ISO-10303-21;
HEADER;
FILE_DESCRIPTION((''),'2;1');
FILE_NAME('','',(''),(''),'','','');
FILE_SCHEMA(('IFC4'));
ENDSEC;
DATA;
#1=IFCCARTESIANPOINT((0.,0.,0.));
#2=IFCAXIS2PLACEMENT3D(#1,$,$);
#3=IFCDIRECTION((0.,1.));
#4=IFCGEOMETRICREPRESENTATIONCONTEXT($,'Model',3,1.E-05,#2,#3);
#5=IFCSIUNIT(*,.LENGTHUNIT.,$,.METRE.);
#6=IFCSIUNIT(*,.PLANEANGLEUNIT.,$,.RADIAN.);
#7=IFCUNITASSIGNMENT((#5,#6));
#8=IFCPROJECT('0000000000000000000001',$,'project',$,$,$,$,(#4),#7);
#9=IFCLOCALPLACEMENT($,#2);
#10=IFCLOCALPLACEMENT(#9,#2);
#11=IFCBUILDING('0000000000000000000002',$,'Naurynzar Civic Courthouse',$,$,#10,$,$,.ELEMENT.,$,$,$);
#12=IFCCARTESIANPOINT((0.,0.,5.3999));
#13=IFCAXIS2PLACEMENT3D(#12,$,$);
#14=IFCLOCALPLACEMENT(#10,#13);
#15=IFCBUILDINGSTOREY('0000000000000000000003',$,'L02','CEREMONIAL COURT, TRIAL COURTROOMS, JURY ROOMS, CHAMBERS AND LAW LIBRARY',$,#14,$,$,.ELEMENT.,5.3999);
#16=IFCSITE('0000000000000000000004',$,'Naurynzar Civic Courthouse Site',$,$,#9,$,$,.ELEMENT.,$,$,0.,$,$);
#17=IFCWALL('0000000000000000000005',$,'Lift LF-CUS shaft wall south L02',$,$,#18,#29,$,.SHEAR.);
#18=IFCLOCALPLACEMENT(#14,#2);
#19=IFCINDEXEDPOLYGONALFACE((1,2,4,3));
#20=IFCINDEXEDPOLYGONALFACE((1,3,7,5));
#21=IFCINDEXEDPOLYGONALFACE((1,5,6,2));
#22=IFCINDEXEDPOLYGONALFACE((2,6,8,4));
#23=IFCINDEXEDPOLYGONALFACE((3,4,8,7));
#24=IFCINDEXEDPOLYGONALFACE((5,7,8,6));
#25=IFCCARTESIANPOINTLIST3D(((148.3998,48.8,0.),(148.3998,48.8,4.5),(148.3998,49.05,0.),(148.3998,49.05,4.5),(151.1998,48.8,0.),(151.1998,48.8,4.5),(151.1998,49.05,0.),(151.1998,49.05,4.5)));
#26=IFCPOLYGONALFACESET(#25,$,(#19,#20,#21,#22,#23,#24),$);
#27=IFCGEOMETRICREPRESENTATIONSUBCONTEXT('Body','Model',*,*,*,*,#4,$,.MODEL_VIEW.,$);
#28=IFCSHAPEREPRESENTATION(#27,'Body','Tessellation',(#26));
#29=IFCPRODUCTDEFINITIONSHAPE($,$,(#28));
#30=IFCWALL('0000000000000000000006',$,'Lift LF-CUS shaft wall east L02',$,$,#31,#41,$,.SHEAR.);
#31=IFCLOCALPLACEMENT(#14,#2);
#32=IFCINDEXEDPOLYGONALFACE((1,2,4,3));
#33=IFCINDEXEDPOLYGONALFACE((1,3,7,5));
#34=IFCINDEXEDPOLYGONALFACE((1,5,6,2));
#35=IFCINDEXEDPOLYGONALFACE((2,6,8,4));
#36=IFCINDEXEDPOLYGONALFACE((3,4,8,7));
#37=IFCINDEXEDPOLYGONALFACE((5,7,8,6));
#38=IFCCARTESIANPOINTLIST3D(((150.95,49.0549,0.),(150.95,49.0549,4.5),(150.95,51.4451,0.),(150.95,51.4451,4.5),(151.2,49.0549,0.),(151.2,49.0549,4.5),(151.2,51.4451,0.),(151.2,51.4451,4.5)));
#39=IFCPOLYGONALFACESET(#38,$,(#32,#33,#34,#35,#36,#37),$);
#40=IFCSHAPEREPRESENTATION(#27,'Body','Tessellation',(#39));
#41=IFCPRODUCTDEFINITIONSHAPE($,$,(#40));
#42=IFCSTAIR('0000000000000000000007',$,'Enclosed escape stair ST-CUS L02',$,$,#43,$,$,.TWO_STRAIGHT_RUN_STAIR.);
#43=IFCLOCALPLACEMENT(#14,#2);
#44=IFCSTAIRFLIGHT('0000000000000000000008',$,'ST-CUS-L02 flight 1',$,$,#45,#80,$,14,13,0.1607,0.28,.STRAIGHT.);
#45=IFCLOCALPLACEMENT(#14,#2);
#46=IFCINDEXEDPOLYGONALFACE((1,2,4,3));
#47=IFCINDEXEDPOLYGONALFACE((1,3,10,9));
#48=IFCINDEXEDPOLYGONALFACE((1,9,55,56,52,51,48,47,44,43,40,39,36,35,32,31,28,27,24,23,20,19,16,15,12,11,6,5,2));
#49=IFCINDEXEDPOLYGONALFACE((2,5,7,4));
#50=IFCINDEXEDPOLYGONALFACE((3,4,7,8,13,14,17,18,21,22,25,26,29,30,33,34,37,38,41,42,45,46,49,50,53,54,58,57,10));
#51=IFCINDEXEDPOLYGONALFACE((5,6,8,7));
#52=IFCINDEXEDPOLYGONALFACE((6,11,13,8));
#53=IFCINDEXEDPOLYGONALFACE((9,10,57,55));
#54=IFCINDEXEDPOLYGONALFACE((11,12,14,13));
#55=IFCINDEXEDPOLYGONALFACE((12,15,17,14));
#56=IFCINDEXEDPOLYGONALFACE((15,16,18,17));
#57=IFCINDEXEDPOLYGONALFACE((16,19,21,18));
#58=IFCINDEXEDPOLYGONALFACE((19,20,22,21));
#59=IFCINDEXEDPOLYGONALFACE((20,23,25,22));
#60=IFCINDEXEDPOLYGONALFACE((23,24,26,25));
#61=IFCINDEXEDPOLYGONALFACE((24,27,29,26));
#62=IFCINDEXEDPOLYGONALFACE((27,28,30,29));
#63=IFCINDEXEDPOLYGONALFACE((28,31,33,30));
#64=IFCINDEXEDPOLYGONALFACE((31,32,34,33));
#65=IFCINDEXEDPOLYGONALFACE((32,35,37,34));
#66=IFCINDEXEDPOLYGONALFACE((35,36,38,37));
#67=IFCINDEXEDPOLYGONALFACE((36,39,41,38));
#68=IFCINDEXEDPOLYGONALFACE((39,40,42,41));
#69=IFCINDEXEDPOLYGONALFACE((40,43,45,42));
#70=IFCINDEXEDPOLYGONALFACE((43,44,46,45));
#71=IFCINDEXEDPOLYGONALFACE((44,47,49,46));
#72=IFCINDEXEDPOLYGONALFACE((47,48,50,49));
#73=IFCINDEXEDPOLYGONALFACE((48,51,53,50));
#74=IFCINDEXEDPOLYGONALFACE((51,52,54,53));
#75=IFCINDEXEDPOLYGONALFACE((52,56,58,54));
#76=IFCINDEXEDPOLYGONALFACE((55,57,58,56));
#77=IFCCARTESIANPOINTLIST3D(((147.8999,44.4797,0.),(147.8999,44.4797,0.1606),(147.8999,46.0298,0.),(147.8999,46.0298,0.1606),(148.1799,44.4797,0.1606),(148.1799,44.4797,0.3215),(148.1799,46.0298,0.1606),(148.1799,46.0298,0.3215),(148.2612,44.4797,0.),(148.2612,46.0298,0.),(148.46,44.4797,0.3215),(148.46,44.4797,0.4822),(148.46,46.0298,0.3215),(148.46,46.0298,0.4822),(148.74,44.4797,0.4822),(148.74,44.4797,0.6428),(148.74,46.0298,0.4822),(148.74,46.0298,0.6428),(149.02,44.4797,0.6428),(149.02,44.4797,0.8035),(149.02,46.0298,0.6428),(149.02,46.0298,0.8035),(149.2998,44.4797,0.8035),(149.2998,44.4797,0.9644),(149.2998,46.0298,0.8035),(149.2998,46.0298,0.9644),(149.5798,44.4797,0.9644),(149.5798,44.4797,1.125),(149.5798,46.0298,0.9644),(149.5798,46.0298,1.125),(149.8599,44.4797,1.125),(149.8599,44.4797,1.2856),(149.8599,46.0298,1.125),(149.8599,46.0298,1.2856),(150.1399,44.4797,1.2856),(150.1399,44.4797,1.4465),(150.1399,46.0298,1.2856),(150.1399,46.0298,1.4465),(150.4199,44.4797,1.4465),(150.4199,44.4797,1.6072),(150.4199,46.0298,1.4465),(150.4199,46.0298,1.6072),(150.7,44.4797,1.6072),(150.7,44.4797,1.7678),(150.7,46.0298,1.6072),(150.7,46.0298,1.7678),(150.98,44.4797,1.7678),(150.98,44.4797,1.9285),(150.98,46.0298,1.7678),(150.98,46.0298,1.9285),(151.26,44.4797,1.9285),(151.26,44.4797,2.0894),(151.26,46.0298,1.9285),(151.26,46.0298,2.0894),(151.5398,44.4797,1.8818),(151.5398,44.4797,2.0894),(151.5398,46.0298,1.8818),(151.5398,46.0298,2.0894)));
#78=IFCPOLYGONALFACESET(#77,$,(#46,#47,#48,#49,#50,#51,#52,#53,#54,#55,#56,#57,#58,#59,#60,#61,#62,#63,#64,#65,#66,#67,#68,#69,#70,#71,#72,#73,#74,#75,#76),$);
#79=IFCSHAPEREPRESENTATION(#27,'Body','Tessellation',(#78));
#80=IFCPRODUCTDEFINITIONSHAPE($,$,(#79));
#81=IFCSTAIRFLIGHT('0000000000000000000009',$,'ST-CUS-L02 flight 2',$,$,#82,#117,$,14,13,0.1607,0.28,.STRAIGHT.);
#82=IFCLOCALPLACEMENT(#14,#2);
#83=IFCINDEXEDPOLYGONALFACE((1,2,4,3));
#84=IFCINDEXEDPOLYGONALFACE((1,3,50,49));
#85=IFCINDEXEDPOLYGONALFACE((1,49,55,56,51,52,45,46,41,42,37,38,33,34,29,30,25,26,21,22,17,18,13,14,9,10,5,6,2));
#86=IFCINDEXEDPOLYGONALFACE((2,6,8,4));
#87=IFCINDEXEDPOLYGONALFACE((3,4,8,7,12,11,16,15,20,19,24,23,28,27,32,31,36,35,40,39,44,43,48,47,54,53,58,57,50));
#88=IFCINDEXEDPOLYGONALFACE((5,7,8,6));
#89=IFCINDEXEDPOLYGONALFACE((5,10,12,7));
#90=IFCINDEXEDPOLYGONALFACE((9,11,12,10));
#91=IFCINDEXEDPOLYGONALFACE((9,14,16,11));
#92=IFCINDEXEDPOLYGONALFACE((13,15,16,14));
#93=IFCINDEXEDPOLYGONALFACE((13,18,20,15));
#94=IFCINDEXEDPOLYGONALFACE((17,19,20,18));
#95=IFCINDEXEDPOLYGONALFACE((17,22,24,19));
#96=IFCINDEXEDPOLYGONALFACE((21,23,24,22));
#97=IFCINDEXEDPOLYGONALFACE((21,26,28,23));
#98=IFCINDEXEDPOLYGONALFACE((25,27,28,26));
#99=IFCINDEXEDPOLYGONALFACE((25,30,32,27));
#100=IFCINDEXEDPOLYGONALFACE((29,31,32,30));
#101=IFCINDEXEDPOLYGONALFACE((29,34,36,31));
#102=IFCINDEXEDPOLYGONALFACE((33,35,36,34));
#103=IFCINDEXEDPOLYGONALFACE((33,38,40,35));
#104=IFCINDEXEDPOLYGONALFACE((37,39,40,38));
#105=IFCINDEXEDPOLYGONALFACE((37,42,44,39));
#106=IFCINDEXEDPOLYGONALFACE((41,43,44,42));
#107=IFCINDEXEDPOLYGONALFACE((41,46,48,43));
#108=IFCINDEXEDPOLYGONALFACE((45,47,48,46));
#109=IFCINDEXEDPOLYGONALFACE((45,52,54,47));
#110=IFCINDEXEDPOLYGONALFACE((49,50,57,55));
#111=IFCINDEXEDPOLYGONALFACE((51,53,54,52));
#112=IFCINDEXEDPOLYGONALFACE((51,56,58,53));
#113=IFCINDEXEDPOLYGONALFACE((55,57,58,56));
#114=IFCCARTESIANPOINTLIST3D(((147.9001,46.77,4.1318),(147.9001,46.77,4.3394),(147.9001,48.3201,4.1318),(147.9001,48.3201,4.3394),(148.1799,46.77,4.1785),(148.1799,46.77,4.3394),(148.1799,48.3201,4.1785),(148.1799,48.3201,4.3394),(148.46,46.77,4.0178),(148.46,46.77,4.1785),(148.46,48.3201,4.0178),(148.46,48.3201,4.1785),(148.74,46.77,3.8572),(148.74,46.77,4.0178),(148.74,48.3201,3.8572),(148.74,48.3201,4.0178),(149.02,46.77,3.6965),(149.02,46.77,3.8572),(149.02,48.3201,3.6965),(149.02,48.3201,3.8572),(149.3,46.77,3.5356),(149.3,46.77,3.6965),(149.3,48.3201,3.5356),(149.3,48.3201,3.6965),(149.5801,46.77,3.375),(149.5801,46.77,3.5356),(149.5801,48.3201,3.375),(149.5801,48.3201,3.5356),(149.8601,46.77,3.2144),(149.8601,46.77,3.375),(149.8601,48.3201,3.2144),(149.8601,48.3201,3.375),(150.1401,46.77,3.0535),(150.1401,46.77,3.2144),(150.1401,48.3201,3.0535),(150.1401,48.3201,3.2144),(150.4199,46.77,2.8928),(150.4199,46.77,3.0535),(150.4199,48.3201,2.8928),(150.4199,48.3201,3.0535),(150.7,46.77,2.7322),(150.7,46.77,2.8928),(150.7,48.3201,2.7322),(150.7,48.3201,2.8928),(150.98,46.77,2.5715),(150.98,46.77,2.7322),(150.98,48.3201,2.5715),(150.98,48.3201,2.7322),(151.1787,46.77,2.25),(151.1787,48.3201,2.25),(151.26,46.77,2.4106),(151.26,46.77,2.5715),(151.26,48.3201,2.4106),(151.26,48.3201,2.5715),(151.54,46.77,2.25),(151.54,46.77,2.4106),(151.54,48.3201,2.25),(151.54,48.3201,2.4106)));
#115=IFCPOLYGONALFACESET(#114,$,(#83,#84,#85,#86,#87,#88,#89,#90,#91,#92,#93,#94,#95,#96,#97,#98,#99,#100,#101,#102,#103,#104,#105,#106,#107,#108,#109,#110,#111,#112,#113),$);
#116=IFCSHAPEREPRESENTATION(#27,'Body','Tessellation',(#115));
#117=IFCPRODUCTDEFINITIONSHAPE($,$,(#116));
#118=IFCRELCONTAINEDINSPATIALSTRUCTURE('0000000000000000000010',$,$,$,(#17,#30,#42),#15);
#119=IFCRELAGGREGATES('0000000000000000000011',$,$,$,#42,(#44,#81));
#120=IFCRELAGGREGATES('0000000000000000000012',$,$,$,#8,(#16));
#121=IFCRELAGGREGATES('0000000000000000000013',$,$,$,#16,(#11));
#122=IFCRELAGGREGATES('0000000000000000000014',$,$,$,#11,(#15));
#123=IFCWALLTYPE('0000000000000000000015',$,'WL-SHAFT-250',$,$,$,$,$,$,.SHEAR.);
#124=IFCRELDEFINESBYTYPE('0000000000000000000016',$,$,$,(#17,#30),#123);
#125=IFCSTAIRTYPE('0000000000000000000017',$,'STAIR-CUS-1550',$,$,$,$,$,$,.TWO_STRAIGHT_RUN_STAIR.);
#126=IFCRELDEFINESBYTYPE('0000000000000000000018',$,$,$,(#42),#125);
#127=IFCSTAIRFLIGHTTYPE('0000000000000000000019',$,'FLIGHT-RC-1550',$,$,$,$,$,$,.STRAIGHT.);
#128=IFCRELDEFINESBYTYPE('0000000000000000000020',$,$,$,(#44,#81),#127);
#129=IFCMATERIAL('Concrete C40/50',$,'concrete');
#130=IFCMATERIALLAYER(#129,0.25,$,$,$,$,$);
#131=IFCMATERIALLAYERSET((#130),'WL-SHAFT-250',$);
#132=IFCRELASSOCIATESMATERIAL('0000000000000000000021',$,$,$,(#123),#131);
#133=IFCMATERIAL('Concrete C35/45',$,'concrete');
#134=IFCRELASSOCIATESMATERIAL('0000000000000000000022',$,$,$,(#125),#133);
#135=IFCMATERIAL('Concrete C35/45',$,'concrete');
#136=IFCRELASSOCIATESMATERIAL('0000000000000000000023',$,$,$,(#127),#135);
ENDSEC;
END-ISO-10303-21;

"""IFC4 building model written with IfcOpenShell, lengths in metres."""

from ifc_helpers import new_model, si_unit, direction, frame, frame_2d, origin, place, context, subcontext, project, spatial, polyline, rectangle, outline, extrude, material, layer, layer_set, type_object, element, aggregate, save


model = new_model("IFC4")

# Units and contexts
model_context = context("Model", 3, precision=1e-05, world=origin(), true_north=direction((0.0, 1.0)))
body_context = subcontext(model_context, "Body", "Model", "MODEL_VIEW")
ifc_project = project(units=[si_unit("LENGTHUNIT", "METRE"), si_unit("PLANEANGLEUNIT", "RADIAN")], contexts=[model_context])

# Site, building, storey
site_placement = place(None, origin())
site = spatial("IfcSite", under=ifc_project, at=site_placement, Name="Naurynzar Civic Courthouse Site", CompositionType="ELEMENT", RefElevation=0.0)
building_placement = place(site_placement, origin())
building = spatial("IfcBuilding", under=site, at=building_placement, Name="Naurynzar Civic Courthouse", CompositionType="ELEMENT")
storey_placement = place(building_placement, frame((0.0, 0.0, 5.3999)))
storey = spatial("IfcBuildingStorey", under=building, at=storey_placement, Name="L02", Description="CEREMONIAL COURT, TRIAL COURTROOMS, JURY ROOMS, CHAMBERS AND LAW LIBRARY", CompositionType="ELEMENT", Elevation=5.3999)

# Walls
ifc_material_1 = material(Name="Concrete C40/50", Category="concrete")
ifc_layer_1 = layer(ifc_material_1, 0.25)
ifc_layer_set_1 = layer_set([ifc_layer_1], Name="WL-SHAFT-250")
wall_type_1 = type_object("IfcWallType", Name="WL-SHAFT-250", PredefinedType="SHEAR", material=ifc_layer_set_1)
wall_1_placement = place(storey_placement, frame((148.3999, 48.925, 0.0), z_axis=(0.0, 0.0, 1.0), x_axis=(1.0, 0.0, 0.0)))
element("IfcWall", 1, at=wall_1_placement, inside=storey, type_object=wall_type_1, Name="Lift LF-CUS shaft wall south L02", PredefinedType="SHEAR", context=body_context, shape_type="SweptSolid", body=[
    extrude(rectangle(XDim=2.8, YDim=0.25, at=frame_2d((1.3999, 0.0))), origin(), (0.0, 0.0, 1.0), 4.5),
])
wall_2_placement = place(storey_placement, frame((151.075, 49.0549, 0.0), z_axis=(0.0, 0.0, 1.0), x_axis=(0.0, 1.0, 0.0)))
element("IfcWall", 2, at=wall_2_placement, inside=storey, type_object=wall_type_1, Name="Lift LF-CUS shaft wall east L02", PredefinedType="SHEAR", context=body_context, shape_type="SweptSolid", body=[
    extrude(rectangle(XDim=2.3901, YDim=0.25, at=frame_2d((1.1951, 0.0))), origin(), (0.0, 0.0, 1.0), 4.5),
])

# Stair, stair flights
ifc_material_2 = material(Name="Concrete C35/45", Category="concrete")
stair_type = type_object("IfcStairType", Name="STAIR-CUS-1550", PredefinedType="TWO_STRAIGHT_RUN_STAIR", material=ifc_material_2)
stair_placement = place(storey_placement, origin())
stair = element("IfcStair", 3, at=stair_placement, inside=storey, type_object=stair_type, Name="Enclosed escape stair ST-CUS L02", PredefinedType="TWO_STRAIGHT_RUN_STAIR")
ifc_material_3 = material(Name="Concrete C35/45", Category="concrete")
stair_flight_type = type_object("IfcStairFlightType", Name="FLIGHT-RC-1550", PredefinedType="STRAIGHT", material=ifc_material_3)
stair_flight_1_placement = place(storey_placement, frame((147.8999, 45.2549, 0.0), z_axis=(0.0, 0.0, 1.0), x_axis=(1.0, 0.0, 0.0)))
stair_flight_1 = element("IfcStairFlight", 4, at=stair_flight_1_placement, type_object=stair_flight_type, Name="ST-CUS-L02 flight 1", NumberOfRisers=14, NumberOfTreads=13, PredefinedType="STRAIGHT", RiserHeight=0.1607, TreadLength=0.28, context=body_context, shape_type="SweptSolid", body=[
    extrude(outline(polyline([(0.0, 0.0), (0.0, 0.1606), (0.28, 0.1606), (0.28, 0.3215), (0.5601, 0.3215), (0.5601, 0.4822), (0.8401, 0.4822), (0.8401, 0.6428), (1.1201, 0.6428), (1.1201, 0.8035), (1.3999, 0.8035), (1.3999, 0.9644), (1.6799, 0.9644), (1.6799, 1.125), (1.96, 1.125), (1.96, 1.2856), (2.24, 1.2856), (2.24, 1.4465), (2.52, 1.4465), (2.52, 1.6072), (2.8, 1.6072), (2.8, 1.7678), (3.0801, 1.7678), (3.0801, 1.9285), (3.3601, 1.9285), (3.3601, 2.0894), (3.6399, 2.0894), (3.6399, 2.25), (3.6399, 1.8818), (0.3613, 0.0), (0.0, 0.0)])), frame((0.0, 0.7749, 0.0), z_axis=(0.0, -1.0, 0.0), x_axis=(1.0, 0.0, 0.0)), (0.0, 0.0, 1.0), 1.55),
])
stair_flight_2_placement = place(storey_placement, frame((151.54, 47.5449, 2.25), z_axis=(0.0, 0.0, 1.0), x_axis=(-1.0, 0.0, 0.0)))
stair_flight_2 = element("IfcStairFlight", 5, at=stair_flight_2_placement, type_object=stair_flight_type, Name="ST-CUS-L02 flight 2", NumberOfRisers=14, NumberOfTreads=13, PredefinedType="STRAIGHT", RiserHeight=0.1607, TreadLength=0.28, context=body_context, shape_type="SweptSolid", body=[
    extrude(outline(polyline([(0.0, 0.0), (0.0, 0.1606), (0.28, 0.1606), (0.28, 0.3215), (0.5601, 0.3215), (0.5601, 0.4822), (0.8401, 0.4822), (0.8401, 0.6428), (1.1201, 0.6428), (1.1201, 0.8035), (1.3999, 0.8035), (1.3999, 0.9644), (1.6799, 0.9644), (1.6799, 1.125), (1.96, 1.125), (1.96, 1.2856), (2.24, 1.2856), (2.24, 1.4465), (2.52, 1.4465), (2.52, 1.6072), (2.8, 1.6072), (2.8, 1.7678), (3.0801, 1.7678), (3.0801, 1.9285), (3.3601, 1.9285), (3.3601, 2.0894), (3.6399, 2.0894), (3.6399, 2.25), (3.6399, 1.8818), (0.3613, 0.0), (0.0, 0.0)])), frame((0.0, 0.7749, 0.0), z_axis=(0.0, -1.0, 0.0), x_axis=(1.0, 0.0, 0.0)), (0.0, 0.0, 1.0), 1.55),
])
aggregate(stair, [stair_flight_1, stair_flight_2])

save(model, "model.ifc")
